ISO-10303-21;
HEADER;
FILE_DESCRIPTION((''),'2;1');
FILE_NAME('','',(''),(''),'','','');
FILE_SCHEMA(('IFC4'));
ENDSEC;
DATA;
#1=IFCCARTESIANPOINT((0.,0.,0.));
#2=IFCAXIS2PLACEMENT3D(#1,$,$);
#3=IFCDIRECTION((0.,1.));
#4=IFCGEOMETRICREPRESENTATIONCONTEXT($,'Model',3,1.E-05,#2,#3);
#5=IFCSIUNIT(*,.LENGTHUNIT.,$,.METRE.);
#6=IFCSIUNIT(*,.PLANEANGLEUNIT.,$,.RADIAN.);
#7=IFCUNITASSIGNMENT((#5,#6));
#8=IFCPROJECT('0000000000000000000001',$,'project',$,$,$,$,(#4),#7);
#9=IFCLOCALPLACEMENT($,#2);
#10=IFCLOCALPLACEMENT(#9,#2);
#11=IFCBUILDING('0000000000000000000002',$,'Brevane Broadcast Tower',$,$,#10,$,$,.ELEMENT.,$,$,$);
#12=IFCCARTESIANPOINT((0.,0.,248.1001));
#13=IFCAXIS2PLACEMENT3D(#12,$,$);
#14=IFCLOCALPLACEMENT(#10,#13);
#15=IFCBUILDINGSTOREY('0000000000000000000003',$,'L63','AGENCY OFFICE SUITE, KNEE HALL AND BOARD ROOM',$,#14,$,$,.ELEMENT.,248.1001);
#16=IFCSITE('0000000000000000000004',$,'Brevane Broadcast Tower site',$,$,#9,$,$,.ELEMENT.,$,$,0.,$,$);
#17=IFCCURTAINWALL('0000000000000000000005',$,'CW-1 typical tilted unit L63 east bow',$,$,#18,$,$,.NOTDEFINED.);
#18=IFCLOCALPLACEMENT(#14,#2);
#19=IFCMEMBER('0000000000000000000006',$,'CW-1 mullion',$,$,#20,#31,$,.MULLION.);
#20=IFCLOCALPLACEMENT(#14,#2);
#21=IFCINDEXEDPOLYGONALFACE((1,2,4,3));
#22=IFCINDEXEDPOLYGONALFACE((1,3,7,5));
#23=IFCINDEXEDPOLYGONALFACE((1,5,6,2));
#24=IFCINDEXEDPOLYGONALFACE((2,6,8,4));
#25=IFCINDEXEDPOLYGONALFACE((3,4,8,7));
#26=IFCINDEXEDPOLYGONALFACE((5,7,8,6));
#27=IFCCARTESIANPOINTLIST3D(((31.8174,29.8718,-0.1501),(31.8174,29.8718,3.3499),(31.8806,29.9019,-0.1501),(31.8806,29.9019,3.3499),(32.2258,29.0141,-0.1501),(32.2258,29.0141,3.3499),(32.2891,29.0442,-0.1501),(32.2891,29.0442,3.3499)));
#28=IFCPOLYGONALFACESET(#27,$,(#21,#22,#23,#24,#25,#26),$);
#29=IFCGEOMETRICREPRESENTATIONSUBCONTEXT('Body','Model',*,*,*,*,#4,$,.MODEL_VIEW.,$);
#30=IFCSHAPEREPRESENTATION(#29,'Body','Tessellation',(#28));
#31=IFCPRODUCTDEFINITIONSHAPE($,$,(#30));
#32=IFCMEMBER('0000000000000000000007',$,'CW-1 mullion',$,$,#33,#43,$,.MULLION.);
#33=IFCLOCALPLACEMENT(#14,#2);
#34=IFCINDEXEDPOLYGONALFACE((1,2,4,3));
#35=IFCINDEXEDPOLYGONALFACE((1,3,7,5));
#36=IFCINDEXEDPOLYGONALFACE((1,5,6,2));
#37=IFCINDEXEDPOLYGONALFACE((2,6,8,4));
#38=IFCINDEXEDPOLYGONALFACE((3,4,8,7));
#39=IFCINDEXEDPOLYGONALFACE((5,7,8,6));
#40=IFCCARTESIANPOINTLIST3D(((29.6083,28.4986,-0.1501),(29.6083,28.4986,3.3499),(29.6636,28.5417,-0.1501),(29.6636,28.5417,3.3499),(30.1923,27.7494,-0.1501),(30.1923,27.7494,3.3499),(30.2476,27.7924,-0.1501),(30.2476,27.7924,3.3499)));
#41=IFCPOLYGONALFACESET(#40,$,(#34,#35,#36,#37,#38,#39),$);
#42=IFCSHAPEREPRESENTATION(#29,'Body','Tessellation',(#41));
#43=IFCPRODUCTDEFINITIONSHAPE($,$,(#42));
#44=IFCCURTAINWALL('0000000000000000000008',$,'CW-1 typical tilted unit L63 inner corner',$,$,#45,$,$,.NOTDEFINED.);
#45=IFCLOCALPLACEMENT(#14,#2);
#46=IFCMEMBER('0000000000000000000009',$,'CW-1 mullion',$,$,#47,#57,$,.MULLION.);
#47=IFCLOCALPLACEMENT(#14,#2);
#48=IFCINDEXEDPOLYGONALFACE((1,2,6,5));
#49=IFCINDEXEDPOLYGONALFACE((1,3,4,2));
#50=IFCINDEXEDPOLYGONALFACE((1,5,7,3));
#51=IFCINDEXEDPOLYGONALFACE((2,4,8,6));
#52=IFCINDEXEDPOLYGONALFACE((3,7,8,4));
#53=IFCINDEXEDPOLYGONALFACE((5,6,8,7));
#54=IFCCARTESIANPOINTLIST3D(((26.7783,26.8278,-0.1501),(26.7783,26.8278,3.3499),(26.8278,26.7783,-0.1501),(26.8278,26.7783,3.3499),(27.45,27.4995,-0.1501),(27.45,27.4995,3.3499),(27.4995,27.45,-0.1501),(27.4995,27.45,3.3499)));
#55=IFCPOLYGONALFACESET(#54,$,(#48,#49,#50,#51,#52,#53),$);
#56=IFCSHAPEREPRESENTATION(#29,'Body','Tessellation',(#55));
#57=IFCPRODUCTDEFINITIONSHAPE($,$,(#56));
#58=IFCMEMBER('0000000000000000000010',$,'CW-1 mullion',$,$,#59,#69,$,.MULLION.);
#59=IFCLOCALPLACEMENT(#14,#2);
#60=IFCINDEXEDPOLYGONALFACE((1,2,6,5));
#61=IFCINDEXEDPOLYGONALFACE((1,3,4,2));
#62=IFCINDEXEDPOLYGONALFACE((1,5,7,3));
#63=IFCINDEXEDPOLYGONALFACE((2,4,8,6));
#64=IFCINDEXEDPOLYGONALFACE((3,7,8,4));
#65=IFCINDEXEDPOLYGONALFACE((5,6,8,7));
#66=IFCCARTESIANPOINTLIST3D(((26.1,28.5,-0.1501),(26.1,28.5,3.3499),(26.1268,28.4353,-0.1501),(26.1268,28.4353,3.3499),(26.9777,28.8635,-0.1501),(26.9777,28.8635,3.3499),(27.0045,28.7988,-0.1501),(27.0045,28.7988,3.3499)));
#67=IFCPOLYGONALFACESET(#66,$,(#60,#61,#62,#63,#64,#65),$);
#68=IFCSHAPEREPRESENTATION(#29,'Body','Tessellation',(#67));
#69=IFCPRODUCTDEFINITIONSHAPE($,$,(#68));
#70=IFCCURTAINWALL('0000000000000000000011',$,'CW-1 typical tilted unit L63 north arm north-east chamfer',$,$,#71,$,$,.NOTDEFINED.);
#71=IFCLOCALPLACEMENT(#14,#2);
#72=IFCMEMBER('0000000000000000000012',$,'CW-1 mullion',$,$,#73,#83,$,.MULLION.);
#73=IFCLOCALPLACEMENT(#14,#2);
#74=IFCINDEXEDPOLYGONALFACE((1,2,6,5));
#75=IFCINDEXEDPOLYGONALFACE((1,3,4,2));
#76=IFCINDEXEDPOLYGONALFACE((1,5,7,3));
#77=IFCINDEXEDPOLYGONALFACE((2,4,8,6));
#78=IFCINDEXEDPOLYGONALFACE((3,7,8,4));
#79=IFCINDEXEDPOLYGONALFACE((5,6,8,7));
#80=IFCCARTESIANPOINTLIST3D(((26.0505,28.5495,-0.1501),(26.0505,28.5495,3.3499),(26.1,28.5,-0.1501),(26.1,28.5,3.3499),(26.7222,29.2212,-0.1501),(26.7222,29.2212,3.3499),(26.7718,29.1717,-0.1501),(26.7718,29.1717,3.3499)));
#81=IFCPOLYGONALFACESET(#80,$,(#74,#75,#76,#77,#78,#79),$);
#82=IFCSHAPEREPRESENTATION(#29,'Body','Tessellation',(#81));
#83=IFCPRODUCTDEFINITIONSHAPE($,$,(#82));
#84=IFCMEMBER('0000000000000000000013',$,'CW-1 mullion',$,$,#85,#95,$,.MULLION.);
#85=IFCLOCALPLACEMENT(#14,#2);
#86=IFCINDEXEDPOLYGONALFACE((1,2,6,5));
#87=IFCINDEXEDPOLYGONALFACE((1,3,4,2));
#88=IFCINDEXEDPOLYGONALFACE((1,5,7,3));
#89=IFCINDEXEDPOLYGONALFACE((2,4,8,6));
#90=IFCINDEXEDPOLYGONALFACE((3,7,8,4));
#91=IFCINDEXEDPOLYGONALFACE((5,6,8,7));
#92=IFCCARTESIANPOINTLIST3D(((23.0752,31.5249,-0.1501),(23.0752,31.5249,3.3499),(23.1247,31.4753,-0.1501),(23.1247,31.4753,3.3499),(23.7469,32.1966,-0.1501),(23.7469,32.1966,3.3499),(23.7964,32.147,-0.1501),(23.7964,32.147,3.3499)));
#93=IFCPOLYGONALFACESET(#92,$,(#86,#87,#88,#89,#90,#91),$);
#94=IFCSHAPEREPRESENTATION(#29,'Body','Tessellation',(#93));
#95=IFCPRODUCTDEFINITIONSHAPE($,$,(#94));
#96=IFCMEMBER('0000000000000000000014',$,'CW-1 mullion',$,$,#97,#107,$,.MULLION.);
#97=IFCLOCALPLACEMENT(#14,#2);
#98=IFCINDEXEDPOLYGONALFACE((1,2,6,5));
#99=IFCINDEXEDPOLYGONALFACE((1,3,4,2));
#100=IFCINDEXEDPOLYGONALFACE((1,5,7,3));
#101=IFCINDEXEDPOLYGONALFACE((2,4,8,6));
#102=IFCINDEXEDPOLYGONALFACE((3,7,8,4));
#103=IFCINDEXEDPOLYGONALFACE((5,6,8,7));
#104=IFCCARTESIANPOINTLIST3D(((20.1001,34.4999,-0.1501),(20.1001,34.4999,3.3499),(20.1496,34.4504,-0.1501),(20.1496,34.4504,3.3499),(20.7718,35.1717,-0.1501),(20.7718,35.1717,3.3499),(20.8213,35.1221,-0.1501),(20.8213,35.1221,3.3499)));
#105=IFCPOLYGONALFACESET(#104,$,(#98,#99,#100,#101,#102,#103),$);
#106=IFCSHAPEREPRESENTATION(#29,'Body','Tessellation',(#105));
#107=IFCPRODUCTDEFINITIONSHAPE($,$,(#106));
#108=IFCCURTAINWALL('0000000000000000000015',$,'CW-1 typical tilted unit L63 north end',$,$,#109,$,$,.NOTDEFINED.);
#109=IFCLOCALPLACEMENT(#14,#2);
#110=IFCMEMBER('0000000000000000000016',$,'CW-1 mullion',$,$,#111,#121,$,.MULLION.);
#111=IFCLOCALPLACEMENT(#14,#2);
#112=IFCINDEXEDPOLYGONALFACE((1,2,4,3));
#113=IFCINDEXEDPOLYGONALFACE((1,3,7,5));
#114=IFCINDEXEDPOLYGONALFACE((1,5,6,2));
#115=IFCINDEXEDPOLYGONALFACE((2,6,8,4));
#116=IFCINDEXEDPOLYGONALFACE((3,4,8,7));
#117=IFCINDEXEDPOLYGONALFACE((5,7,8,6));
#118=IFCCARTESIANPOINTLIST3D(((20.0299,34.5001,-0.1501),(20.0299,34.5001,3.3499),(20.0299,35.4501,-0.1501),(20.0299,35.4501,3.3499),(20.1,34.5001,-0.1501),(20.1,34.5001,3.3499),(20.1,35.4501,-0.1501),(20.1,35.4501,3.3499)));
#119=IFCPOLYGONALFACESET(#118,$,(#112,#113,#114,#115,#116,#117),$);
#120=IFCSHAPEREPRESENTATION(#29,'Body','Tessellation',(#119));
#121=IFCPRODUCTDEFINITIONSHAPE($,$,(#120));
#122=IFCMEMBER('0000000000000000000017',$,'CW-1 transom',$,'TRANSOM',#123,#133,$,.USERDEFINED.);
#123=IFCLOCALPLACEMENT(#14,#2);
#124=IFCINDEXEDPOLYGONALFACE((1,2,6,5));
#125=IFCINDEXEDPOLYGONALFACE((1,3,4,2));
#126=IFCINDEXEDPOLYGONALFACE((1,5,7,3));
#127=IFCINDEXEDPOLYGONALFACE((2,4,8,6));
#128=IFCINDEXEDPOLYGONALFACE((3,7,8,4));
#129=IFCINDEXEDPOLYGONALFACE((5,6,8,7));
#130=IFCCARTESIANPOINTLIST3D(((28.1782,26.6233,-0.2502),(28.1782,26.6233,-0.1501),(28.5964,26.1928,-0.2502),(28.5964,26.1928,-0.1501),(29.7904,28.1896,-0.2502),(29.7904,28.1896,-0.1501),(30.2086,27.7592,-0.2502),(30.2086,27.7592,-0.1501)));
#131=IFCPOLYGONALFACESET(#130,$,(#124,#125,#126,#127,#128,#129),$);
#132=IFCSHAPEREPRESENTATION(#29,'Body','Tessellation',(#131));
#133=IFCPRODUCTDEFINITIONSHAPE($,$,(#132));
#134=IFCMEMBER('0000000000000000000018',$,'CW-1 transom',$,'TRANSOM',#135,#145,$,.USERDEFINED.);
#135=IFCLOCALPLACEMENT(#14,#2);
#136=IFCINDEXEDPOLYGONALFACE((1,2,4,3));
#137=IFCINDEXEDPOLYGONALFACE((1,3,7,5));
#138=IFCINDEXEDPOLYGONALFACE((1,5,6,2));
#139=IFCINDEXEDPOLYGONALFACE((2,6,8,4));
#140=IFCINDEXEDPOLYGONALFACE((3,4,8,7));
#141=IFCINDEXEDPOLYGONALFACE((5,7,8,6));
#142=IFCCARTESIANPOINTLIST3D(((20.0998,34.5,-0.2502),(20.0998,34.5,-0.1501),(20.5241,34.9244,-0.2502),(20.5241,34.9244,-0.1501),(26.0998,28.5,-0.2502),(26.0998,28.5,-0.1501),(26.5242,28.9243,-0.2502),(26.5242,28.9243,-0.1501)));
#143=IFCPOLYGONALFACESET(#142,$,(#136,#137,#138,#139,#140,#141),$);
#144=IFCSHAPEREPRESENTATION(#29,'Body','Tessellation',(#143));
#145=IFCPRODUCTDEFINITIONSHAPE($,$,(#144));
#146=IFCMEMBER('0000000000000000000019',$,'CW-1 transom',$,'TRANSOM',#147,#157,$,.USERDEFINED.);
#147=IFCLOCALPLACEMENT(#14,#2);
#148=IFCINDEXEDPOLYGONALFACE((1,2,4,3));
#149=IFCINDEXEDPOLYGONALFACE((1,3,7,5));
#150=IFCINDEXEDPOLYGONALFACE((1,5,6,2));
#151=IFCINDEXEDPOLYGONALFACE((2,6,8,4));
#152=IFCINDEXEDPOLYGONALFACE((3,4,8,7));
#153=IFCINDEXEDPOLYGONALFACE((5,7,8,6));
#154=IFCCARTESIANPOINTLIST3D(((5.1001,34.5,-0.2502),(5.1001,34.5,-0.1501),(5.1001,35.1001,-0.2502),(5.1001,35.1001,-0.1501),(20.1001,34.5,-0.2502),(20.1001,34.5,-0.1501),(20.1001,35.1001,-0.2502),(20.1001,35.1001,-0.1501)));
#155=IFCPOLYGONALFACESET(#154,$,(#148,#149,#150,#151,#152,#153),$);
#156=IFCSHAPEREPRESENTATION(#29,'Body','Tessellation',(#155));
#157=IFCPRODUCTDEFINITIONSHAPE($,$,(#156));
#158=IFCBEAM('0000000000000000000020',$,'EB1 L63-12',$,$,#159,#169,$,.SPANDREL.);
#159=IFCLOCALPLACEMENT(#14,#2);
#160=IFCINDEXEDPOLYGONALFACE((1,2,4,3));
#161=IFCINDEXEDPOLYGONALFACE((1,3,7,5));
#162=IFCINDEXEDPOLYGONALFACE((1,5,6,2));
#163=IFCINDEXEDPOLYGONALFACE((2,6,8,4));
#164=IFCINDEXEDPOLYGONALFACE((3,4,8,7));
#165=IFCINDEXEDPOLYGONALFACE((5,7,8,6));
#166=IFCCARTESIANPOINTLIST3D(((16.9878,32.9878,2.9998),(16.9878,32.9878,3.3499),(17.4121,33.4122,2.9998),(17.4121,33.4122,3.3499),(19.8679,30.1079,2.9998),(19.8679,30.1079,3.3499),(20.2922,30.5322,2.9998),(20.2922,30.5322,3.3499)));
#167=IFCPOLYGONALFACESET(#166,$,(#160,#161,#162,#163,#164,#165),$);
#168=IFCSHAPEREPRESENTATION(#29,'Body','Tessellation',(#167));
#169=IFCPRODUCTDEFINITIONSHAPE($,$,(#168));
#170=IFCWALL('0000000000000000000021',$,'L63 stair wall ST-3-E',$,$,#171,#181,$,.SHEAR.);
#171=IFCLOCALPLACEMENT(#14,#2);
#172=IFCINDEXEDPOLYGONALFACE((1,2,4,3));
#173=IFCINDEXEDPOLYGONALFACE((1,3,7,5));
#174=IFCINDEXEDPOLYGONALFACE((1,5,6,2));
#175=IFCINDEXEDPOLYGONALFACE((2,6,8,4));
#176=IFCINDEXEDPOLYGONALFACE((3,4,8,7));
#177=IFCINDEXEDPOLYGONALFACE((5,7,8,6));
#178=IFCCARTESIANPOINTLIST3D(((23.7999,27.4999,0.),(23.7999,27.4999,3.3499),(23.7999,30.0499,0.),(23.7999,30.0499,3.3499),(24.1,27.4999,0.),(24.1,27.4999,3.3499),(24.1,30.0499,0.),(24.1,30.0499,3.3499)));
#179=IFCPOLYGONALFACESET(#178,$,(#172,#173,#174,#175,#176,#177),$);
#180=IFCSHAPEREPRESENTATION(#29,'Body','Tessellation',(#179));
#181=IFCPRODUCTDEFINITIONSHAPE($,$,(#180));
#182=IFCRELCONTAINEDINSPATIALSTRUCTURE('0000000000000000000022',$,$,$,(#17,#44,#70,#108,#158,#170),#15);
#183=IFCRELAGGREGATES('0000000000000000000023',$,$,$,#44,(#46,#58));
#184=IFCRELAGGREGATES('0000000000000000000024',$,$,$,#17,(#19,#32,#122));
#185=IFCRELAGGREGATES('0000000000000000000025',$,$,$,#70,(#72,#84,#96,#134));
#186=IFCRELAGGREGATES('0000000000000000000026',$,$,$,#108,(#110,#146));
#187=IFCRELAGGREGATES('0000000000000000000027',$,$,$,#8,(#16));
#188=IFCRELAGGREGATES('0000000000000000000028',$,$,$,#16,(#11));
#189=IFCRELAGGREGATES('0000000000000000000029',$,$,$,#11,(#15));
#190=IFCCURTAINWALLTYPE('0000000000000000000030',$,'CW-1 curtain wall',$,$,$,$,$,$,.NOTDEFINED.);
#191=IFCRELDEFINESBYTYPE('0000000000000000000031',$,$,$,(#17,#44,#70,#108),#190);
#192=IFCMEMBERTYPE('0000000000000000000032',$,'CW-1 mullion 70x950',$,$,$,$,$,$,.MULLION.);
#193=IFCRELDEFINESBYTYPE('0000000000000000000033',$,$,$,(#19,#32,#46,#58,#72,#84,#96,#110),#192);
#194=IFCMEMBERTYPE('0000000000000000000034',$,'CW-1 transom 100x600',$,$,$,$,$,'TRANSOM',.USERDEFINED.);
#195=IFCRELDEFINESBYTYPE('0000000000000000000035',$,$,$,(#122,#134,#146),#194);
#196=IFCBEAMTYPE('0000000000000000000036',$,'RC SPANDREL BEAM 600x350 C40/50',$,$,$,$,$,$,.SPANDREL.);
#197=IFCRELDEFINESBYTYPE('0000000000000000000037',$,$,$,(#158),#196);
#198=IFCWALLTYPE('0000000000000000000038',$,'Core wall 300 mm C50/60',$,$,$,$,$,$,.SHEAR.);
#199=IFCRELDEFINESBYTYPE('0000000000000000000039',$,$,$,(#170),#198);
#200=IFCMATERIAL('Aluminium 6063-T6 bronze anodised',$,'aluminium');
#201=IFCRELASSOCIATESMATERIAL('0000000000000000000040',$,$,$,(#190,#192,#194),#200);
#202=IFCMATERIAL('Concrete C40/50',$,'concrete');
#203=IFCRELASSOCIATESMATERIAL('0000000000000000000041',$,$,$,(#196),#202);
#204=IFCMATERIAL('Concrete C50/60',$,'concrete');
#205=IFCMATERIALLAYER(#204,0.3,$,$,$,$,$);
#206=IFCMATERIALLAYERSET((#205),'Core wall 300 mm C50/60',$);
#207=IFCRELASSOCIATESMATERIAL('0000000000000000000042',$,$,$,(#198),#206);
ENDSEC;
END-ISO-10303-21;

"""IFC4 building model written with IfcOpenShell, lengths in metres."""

from ifc_helpers import new_model, si_unit, direction, frame, frame_2d, origin, origin_2d, place, context, subcontext, project, spatial, rectangle, extrude, material, layer, layer_set, material_profile, profile_set, type_object, element, aggregate, save


model = new_model("IFC4")

# Units and contexts
model_context = context("Model", 3, precision=1e-05, world=origin(), true_north=direction((0.0, 1.0)))
body_context = subcontext(model_context, "Body", "Model", "MODEL_VIEW")
ifc_project = project(units=[si_unit("LENGTHUNIT", "METRE"), si_unit("PLANEANGLEUNIT", "RADIAN")], contexts=[model_context])

# Site, building, storey
site_placement = place(None, origin())
site = spatial("IfcSite", under=ifc_project, at=site_placement, Name="Brevane Broadcast Tower site", CompositionType="ELEMENT", RefElevation=0.0)
building_placement = place(site_placement, origin())
building = spatial("IfcBuilding", under=site, at=building_placement, Name="Brevane Broadcast Tower", CompositionType="ELEMENT")
storey_placement = place(building_placement, frame((0.0, 0.0, 248.1001)))
storey = spatial("IfcBuildingStorey", under=building, at=storey_placement, Name="L63", Description="AGENCY OFFICE SUITE, KNEE HALL AND BOARD ROOM", CompositionType="ELEMENT", Elevation=248.1001)

# Curtain walls, members
ifc_material_1 = material(Name="Aluminium 6063-T6 bronze anodised", Category="aluminium")
curtain_wall_type = type_object("IfcCurtainWallType", Name="CW-1 curtain wall", PredefinedType="NOTDEFINED", material=ifc_material_1)
curtain_wall_1_placement = place(storey_placement, origin())
curtain_wall_1 = element("IfcCurtainWall", 1, at=curtain_wall_1_placement, inside=storey, type_object=curtain_wall_type, Name="CW-1 typical tilted unit L63 east bow", PredefinedType="NOTDEFINED")
ifc_material_profile_1 = material_profile(ifc_material_1, rectangle(XDim=0.95, YDim=0.0701, at=origin_2d()), Name="RECT 70x950")
ifc_profile_set_1 = profile_set([ifc_material_profile_1], Name="Aluminium 6063-T6 bronze anodised")
member_type_1 = type_object("IfcMemberType", Name="CW-1 mullion 70x950", PredefinedType="MULLION", material=ifc_profile_set_1)
member_1_placement = place(storey_placement, frame((32.0532, 29.458, -0.1501), z_axis=(0.0, 0.0, 1.0), x_axis=(0.429934, -0.902861, 0.0)))
member_1 = element("IfcMember", 2, at=member_1_placement, type_object=member_type_1, Name="CW-1 mullion", PredefinedType="MULLION", context=body_context, shape_type="SweptSolid", body=[
    extrude(rectangle(XDim=0.95, YDim=0.0701, at=origin_2d()), origin(), (0.0, 0.0, 1.0), 3.5),
])
member_2_placement = place(storey_placement, frame((29.928, 28.1455, -0.1501), z_axis=(0.0, 0.0, 1.0), x_axis=(0.61477, -0.788707, 0.0)))
member_2 = element("IfcMember", 3, at=member_2_placement, type_object=member_type_1, Name="CW-1 mullion", PredefinedType="MULLION", context=body_context, shape_type="SweptSolid", body=[
    extrude(rectangle(XDim=0.95, YDim=0.0701, at=origin_2d()), origin(), (0.0, 0.0, 1.0), 3.5),
])
curtain_wall_2_placement = place(storey_placement, origin())
curtain_wall_2 = element("IfcCurtainWall", 4, at=curtain_wall_2_placement, inside=storey, type_object=curtain_wall_type, Name="CW-1 typical tilted unit L63 inner corner", PredefinedType="NOTDEFINED")
member_3_placement = place(storey_placement, frame((27.1389, 27.1389, -0.1501), z_axis=(0.0, 0.0, 1.0), x_axis=(-0.707107, -0.707107, 0.0)))
member_3 = element("IfcMember", 5, at=member_3_placement, type_object=member_type_1, Name="CW-1 mullion", PredefinedType="MULLION", context=body_context, shape_type="SweptSolid", body=[
    extrude(rectangle(XDim=0.95, YDim=0.0701, at=origin_2d()), origin(), (0.0, 0.0, 1.0), 3.5),
])
member_4_placement = place(storey_placement, frame((26.5522, 28.6494, -0.1501), z_axis=(0.0, 0.0, 1.0), x_axis=(-0.92388, -0.382683, 0.0)))
member_4 = element("IfcMember", 6, at=member_4_placement, type_object=member_type_1, Name="CW-1 mullion", PredefinedType="MULLION", context=body_context, shape_type="SweptSolid", body=[
    extrude(rectangle(XDim=0.95, YDim=0.0701, at=origin_2d()), origin(), (0.0, 0.0, 1.0), 3.5),
])
aggregate(curtain_wall_2, [member_3, member_4])
curtain_wall_3_placement = place(storey_placement, origin())
curtain_wall_3 = element("IfcCurtainWall", 7, at=curtain_wall_3_placement, inside=storey, type_object=curtain_wall_type, Name="CW-1 typical tilted unit L63 north arm north-east chamfer", PredefinedType="NOTDEFINED")
member_5_placement = place(storey_placement, frame((26.4111, 28.8606, -0.1501), z_axis=(0.0, 0.0, 1.0), x_axis=(-0.707107, -0.707107, 0.0)))
member_5 = element("IfcMember", 8, at=member_5_placement, type_object=member_type_1, Name="CW-1 mullion", PredefinedType="MULLION", context=body_context, shape_type="SweptSolid", body=[
    extrude(rectangle(XDim=0.95, YDim=0.0701, at=origin_2d()), origin(), (0.0, 0.0, 1.0), 3.5),
])
member_6_placement = place(storey_placement, frame((23.4358, 31.8359, -0.1501), z_axis=(0.0, 0.0, 1.0), x_axis=(-0.707107, -0.707107, 0.0)))
member_6 = element("IfcMember", 9, at=member_6_placement, type_object=member_type_1, Name="CW-1 mullion", PredefinedType="MULLION", context=body_context, shape_type="SweptSolid", body=[
    extrude(rectangle(XDim=0.95, YDim=0.0701, at=origin_2d()), origin(), (0.0, 0.0, 1.0), 3.5),
])
member_7_placement = place(storey_placement, frame((20.4607, 34.811, -0.1501), z_axis=(0.0, 0.0, 1.0), x_axis=(-0.707107, -0.707107, 0.0)))
member_7 = element("IfcMember", 10, at=member_7_placement, type_object=member_type_1, Name="CW-1 mullion", PredefinedType="MULLION", context=body_context, shape_type="SweptSolid", body=[
    extrude(rectangle(XDim=0.95, YDim=0.0701, at=origin_2d()), origin(), (0.0, 0.0, 1.0), 3.5),
])

# Curtain wall, member
curtain_wall_4_placement = place(storey_placement, origin())
curtain_wall_4 = element("IfcCurtainWall", 11, at=curtain_wall_4_placement, inside=storey, type_object=curtain_wall_type, Name="CW-1 typical tilted unit L63 north end", PredefinedType="NOTDEFINED")
member_8_placement = place(storey_placement, frame((20.0649, 34.9751, -0.1501), z_axis=(0.0, 0.0, 1.0), x_axis=(0.0, -1.0, 0.0)))
member_8 = element("IfcMember", 12, at=member_8_placement, type_object=member_type_1, Name="CW-1 mullion", PredefinedType="MULLION", context=body_context, shape_type="SweptSolid", body=[
    extrude(rectangle(XDim=0.95, YDim=0.0701, at=origin_2d()), origin(), (0.0, 0.0, 1.0), 3.5),
])

# Members
ifc_material_profile_2 = material_profile(ifc_material_1, rectangle(XDim=0.6001, YDim=0.1001, at=origin_2d()), Name="RECT 100x600")
ifc_profile_set_2 = profile_set([ifc_material_profile_2], Name="Aluminium 6063-T6 bronze anodised")
member_type_2 = type_object("IfcMemberType", Name="CW-1 transom 100x600", ElementType="TRANSOM", PredefinedType="USERDEFINED", material=ifc_profile_set_2)
member_9_placement = place(storey_placement, frame((29.9995, 27.9744, -0.2002), z_axis=(-0.717242, -0.696824, 0.0), x_axis=(0.696824, -0.717242, 0.0)))
member_9 = element("IfcMember", 13, at=member_9_placement, type_object=member_type_2, Name="CW-1 transom", ObjectType="TRANSOM", PredefinedType="USERDEFINED", context=body_context, shape_type="SweptSolid", body=[
    extrude(rectangle(XDim=0.6001, YDim=0.1001, at=origin_2d()), origin(), (0.0, 0.0, 1.0), 2.2478),
])
aggregate(curtain_wall_1, [member_1, member_2, member_9])
member_10_placement = place(storey_placement, frame((26.312, 28.7122, -0.2002), z_axis=(-0.707107, 0.707107, 0.0), x_axis=(-0.707107, -0.707107, 0.0)))
member_10 = element("IfcMember", 14, at=member_10_placement, type_object=member_type_2, Name="CW-1 transom", ObjectType="TRANSOM", PredefinedType="USERDEFINED", context=body_context, shape_type="SweptSolid", body=[
    extrude(rectangle(XDim=0.6001, YDim=0.1001, at=origin_2d()), origin(), (0.0, 0.0, 1.0), 8.4854),
])
aggregate(curtain_wall_3, [member_5, member_6, member_7, member_10])
member_11_placement = place(storey_placement, frame((20.1001, 34.8, -0.2002), z_axis=(-1.0, 0.0, 0.0), x_axis=(0.0, -1.0, 0.0)))
member_11 = element("IfcMember", 15, at=member_11_placement, type_object=member_type_2, Name="CW-1 transom", ObjectType="TRANSOM", PredefinedType="USERDEFINED", context=body_context, shape_type="SweptSolid", body=[
    extrude(rectangle(XDim=0.6001, YDim=0.1001, at=origin_2d()), origin(), (0.0, 0.0, 1.0), 15.0),
])
aggregate(curtain_wall_4, [member_8, member_11])

# Beam
ifc_material_2 = material(Name="Concrete C40/50", Category="concrete")
ifc_material_profile_3 = material_profile(ifc_material_2, rectangle(XDim=0.6001, YDim=0.3501, at=origin_2d()), Name="RC 600x350")
ifc_profile_set_3 = profile_set([ifc_material_profile_3], Name="Concrete C40/50")
beam_type = type_object("IfcBeamType", Name="RC SPANDREL BEAM 600x350 C40/50", PredefinedType="SPANDREL", material=ifc_profile_set_3)
beam_placement = place(storey_placement, frame((20.0801, 30.3201, 3.1748), z_axis=(-0.707137, 0.707077, 0.0), x_axis=(-0.707077, -0.707137, 0.0)))
element("IfcBeam", 16, at=beam_placement, inside=storey, type_object=beam_type, Name="EB1 L63-12", PredefinedType="SPANDREL", context=body_context, shape_type="SweptSolid", body=[
    extrude(rectangle(XDim=0.6001, YDim=0.3501, at=origin_2d()), origin(), (0.0, 0.0, 1.0), 4.073),
])

# Wall
ifc_material_3 = material(Name="Concrete C50/60", Category="concrete")
ifc_layer_1 = layer(ifc_material_3, 0.3)
ifc_layer_set_1 = layer_set([ifc_layer_1], Name="Core wall 300 mm C50/60")
wall_type_1 = type_object("IfcWallType", Name="Core wall 300 mm C50/60", PredefinedType="SHEAR", material=ifc_layer_set_1)
wall_1_placement = place(storey_placement, frame((23.95, 27.5, 0.0), z_axis=(0.0, 0.0, 1.0), x_axis=(0.0, 1.0, 0.0)))
element("IfcWall", 17, at=wall_1_placement, inside=storey, type_object=wall_type_1, Name="L63 stair wall ST-3-E", PredefinedType="SHEAR", context=body_context, shape_type="SweptSolid", body=[
    extrude(rectangle(XDim=2.55, YDim=0.3, at=frame_2d((1.2749, 0.0))), origin(), (0.0, 0.0, 1.0), 3.3499),
])

save(model, "model.ifc")
